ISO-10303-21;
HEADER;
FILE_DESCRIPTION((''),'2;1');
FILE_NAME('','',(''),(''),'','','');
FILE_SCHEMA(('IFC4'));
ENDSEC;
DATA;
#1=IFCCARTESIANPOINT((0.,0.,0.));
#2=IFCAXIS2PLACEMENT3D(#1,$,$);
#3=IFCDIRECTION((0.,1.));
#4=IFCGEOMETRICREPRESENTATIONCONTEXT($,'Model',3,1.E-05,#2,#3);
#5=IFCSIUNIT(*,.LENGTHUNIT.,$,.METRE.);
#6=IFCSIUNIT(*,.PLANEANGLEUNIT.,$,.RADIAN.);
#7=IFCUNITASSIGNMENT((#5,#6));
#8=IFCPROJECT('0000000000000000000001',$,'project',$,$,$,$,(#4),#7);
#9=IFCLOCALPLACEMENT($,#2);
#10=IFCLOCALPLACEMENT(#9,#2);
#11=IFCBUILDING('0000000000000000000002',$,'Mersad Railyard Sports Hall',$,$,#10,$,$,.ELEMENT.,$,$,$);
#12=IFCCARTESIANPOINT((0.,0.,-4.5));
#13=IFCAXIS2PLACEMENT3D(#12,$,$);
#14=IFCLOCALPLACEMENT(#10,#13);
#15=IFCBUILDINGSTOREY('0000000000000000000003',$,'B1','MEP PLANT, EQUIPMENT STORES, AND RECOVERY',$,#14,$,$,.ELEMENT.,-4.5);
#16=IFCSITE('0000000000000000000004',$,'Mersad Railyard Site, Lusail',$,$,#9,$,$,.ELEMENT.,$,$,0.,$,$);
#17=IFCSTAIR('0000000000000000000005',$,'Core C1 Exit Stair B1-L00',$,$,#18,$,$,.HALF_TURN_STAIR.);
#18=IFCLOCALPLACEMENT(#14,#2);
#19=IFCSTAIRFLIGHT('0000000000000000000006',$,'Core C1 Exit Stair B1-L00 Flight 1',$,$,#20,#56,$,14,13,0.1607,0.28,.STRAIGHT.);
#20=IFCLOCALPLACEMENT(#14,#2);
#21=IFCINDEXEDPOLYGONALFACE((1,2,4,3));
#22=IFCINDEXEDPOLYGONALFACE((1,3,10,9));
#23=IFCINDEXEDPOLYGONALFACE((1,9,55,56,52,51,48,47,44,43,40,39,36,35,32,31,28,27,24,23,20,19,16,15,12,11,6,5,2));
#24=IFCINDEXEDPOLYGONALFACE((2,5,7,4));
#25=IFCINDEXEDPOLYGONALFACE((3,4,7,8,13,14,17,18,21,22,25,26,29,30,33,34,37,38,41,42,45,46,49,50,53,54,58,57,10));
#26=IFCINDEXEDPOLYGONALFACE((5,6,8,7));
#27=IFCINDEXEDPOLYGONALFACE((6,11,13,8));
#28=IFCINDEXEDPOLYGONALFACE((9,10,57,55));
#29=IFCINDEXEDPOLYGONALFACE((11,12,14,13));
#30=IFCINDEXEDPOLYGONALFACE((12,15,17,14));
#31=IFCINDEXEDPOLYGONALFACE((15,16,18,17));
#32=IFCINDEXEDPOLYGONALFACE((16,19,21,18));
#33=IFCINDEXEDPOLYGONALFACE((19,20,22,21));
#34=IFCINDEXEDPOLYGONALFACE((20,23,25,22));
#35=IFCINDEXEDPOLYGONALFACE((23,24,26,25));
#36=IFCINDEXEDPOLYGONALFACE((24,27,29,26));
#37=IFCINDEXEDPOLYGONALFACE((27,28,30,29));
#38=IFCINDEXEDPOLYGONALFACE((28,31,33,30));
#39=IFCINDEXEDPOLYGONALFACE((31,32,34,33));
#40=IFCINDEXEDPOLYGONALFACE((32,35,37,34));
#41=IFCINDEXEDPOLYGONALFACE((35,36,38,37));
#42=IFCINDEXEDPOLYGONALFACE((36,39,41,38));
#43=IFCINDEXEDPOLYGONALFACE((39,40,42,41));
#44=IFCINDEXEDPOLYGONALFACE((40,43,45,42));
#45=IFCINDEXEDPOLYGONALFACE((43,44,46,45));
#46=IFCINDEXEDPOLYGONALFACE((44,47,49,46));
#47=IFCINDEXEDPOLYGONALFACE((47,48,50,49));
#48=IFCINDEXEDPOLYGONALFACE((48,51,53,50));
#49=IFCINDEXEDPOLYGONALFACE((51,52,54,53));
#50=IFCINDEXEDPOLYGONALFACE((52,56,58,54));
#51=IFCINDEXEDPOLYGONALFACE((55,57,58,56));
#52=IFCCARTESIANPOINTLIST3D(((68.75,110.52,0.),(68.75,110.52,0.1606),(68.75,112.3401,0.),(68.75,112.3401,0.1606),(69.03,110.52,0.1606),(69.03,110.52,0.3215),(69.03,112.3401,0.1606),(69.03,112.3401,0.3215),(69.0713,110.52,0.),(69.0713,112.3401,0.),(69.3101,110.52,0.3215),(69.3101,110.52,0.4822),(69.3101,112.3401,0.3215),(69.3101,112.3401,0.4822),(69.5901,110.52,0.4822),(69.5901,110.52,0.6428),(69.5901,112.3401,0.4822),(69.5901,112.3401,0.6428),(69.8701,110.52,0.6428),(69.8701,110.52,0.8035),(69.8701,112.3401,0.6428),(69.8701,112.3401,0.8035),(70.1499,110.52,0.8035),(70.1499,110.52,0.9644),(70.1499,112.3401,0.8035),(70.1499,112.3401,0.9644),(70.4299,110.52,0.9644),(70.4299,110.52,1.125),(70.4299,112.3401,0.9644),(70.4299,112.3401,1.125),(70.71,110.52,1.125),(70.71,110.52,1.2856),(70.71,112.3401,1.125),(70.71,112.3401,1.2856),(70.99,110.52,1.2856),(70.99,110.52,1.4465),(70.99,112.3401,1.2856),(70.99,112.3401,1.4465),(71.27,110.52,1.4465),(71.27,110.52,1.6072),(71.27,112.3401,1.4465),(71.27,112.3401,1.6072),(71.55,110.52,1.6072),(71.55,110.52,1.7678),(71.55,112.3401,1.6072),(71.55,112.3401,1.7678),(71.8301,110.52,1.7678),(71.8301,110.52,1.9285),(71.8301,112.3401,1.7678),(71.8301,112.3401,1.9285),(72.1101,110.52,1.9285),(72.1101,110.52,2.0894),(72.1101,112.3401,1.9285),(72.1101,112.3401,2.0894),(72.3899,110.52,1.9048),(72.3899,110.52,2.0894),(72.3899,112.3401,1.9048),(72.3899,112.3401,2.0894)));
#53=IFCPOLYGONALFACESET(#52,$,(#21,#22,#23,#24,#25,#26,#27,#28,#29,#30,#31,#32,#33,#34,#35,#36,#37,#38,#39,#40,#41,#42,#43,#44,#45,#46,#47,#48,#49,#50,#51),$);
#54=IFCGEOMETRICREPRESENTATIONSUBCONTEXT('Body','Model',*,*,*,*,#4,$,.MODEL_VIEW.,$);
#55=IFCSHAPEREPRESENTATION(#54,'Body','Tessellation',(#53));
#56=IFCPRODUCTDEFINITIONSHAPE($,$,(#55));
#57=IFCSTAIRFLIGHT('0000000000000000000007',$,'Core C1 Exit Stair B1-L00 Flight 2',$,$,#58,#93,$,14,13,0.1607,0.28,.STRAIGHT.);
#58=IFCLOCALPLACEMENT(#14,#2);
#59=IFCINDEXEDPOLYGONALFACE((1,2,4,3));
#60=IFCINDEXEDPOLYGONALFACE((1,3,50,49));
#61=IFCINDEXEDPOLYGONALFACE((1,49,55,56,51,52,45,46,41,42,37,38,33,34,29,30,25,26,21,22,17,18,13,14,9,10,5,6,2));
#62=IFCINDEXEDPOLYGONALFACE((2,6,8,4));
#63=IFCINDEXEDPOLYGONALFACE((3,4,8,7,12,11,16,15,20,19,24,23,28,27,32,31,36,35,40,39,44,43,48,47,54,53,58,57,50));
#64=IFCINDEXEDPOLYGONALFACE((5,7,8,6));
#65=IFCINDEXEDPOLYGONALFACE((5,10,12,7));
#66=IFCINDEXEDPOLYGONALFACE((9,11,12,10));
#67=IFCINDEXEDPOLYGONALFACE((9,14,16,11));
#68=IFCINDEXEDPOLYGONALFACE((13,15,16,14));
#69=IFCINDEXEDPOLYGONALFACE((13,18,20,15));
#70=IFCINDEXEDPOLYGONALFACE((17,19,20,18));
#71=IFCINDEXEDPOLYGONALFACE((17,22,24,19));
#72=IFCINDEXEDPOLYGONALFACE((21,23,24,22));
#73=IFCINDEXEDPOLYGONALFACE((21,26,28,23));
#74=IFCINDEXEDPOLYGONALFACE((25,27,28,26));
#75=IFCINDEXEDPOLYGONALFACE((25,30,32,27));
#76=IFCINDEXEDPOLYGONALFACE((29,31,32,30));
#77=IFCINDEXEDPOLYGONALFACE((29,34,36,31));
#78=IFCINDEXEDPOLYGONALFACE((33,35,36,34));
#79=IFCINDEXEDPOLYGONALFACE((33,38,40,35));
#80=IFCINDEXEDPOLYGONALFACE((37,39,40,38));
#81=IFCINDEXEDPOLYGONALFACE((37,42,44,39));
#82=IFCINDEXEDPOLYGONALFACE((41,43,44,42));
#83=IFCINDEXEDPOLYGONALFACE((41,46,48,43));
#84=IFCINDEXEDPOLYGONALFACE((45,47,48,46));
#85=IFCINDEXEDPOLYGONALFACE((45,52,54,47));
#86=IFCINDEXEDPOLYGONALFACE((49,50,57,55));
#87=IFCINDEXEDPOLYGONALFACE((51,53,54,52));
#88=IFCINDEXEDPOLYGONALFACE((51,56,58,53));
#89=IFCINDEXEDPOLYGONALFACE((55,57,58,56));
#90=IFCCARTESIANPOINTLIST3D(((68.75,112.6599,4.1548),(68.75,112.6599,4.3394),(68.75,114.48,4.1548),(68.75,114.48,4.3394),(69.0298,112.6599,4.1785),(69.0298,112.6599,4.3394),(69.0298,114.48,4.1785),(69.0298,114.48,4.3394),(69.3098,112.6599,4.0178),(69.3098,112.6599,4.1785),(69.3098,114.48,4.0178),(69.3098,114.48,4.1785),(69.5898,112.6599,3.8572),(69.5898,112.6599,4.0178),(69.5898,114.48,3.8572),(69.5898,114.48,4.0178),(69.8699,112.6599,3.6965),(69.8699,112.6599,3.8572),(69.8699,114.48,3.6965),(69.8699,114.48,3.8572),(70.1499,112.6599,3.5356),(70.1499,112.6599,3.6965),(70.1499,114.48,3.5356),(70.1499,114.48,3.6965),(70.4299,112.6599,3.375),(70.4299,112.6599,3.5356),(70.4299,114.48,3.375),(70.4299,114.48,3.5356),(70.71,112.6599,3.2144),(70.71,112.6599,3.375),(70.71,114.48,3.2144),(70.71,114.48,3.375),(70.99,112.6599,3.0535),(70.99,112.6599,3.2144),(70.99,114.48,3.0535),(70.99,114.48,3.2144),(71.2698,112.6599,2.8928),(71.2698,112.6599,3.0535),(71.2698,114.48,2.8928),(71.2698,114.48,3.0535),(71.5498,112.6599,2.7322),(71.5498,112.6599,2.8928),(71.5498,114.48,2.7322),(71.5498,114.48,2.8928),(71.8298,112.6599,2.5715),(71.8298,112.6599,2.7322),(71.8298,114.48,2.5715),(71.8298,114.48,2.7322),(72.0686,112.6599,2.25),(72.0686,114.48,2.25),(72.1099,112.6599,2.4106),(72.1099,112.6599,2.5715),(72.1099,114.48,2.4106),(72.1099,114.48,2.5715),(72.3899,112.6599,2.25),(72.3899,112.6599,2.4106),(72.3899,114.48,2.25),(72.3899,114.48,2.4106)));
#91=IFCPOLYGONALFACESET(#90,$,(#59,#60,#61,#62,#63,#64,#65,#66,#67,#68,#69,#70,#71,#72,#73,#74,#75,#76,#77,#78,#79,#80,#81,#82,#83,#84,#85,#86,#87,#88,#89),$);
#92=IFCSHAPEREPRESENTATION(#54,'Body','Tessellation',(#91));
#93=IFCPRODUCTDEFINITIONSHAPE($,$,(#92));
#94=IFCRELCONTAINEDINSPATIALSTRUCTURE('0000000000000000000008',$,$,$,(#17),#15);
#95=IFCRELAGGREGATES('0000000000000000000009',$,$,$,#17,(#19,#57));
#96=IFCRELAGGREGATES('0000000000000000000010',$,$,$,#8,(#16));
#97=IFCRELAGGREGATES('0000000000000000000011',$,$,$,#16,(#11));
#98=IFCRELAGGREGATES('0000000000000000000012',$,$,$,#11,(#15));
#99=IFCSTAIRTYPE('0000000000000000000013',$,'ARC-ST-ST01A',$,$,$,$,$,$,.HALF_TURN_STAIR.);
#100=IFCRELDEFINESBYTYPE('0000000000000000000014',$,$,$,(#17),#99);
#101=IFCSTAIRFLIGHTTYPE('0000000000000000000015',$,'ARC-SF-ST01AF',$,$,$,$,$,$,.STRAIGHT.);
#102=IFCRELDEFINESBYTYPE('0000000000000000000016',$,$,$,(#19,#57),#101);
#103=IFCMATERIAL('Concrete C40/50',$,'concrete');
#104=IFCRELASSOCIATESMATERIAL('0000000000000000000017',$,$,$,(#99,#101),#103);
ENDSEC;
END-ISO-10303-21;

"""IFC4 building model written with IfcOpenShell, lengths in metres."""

from ifc_helpers import new_model, si_unit, direction, frame, origin, place, context, subcontext, project, spatial, polyline, outline, extrude, material, type_object, element, aggregate, save


model = new_model("IFC4")

# Units and contexts
model_context = context("Model", 3, precision=1e-05, world=origin(), true_north=direction((0.0, 1.0)))
body_context = subcontext(model_context, "Body", "Model", "MODEL_VIEW")
ifc_project = project(units=[si_unit("LENGTHUNIT", "METRE"), si_unit("PLANEANGLEUNIT", "RADIAN")], contexts=[model_context])

# Site, building, storey
site_placement = place(None, origin())
site = spatial("IfcSite", under=ifc_project, at=site_placement, Name="Mersad Railyard Site, Lusail", CompositionType="ELEMENT", RefElevation=0.0)
building_placement = place(site_placement, origin())
building = spatial("IfcBuilding", under=site, at=building_placement, Name="Mersad Railyard Sports Hall", CompositionType="ELEMENT")
storey_placement = place(building_placement, frame((0.0, 0.0, -4.5)))
storey = spatial("IfcBuildingStorey", under=building, at=storey_placement, Name="B1", Description="MEP PLANT, EQUIPMENT STORES, AND RECOVERY", CompositionType="ELEMENT", Elevation=-4.5)

# Shared definitions
ifc_material_1 = material(Name="Concrete C40/50", Category="concrete")

# Stair, stair flights
stair_type = type_object("IfcStairType", Name="ARC-ST-ST01A", PredefinedType="HALF_TURN_STAIR", material=ifc_material_1)
stair_placement = place(storey_placement, origin())
stair = element("IfcStair", 1, at=stair_placement, inside=storey, type_object=stair_type, Name="Core C1 Exit Stair B1-L00", PredefinedType="HALF_TURN_STAIR")
stair_flight_type = type_object("IfcStairFlightType", Name="ARC-SF-ST01AF", PredefinedType="STRAIGHT", material=ifc_material_1)
stair_flight_1_placement = place(storey_placement, frame((68.75, 111.4299, 0.0), z_axis=(0.0, 0.0, 1.0), x_axis=(1.0, 0.0, 0.0)))
stair_flight_1 = element("IfcStairFlight", 2, at=stair_flight_1_placement, type_object=stair_flight_type, Name="Core C1 Exit Stair B1-L00 Flight 1", NumberOfRisers=14, NumberOfTreads=13, PredefinedType="STRAIGHT", RiserHeight=0.1607, TreadLength=0.28, context=body_context, shape_type="SweptSolid", body=[
    extrude(outline(polyline([(0.0, 0.0), (0.0, 0.1606), (0.28, 0.1606), (0.28, 0.3215), (0.5601, 0.3215), (0.5601, 0.4822), (0.8401, 0.4822), (0.8401, 0.6428), (1.1201, 0.6428), (1.1201, 0.8035), (1.3999, 0.8035), (1.3999, 0.9644), (1.6799, 0.9644), (1.6799, 1.125), (1.96, 1.125), (1.96, 1.2856), (2.24, 1.2856), (2.24, 1.4465), (2.52, 1.4465), (2.52, 1.6072), (2.8, 1.6072), (2.8, 1.7678), (3.0801, 1.7678), (3.0801, 1.9285), (3.3601, 1.9285), (3.3601, 2.0894), (3.6399, 2.0894), (3.6399, 2.25), (3.6399, 1.9048), (0.3213, 0.0), (0.0, 0.0)])), frame((0.0, 0.9102, 0.0), z_axis=(0.0, -1.0, 0.0), x_axis=(1.0, 0.0, 0.0)), (0.0, 0.0, 1.0), 1.8201),
])
stair_flight_2_placement = place(storey_placement, frame((72.3899, 113.5701, 2.25), z_axis=(0.0, 0.0, 1.0), x_axis=(-1.0, 0.0, 0.0)))
stair_flight_2 = element("IfcStairFlight", 3, at=stair_flight_2_placement, type_object=stair_flight_type, Name="Core C1 Exit Stair B1-L00 Flight 2", NumberOfRisers=14, NumberOfTreads=13, PredefinedType="STRAIGHT", RiserHeight=0.1607, TreadLength=0.28, context=body_context, shape_type="SweptSolid", body=[
    extrude(outline(polyline([(0.0, 0.0), (0.0, 0.1606), (0.28, 0.1606), (0.28, 0.3215), (0.5601, 0.3215), (0.5601, 0.4822), (0.8401, 0.4822), (0.8401, 0.6428), (1.1201, 0.6428), (1.1201, 0.8035), (1.3999, 0.8035), (1.3999, 0.9644), (1.6799, 0.9644), (1.6799, 1.125), (1.96, 1.125), (1.96, 1.2856), (2.24, 1.2856), (2.24, 1.4465), (2.52, 1.4465), (2.52, 1.6072), (2.8, 1.6072), (2.8, 1.7678), (3.0801, 1.7678), (3.0801, 1.9285), (3.3601, 1.9285), (3.3601, 2.0894), (3.6399, 2.0894), (3.6399, 2.25), (3.6399, 1.9048), (0.3213, 0.0), (0.0, 0.0)])), frame((0.0, 0.9102, 0.0), z_axis=(0.0, -1.0, 0.0), x_axis=(1.0, 0.0, 0.0)), (0.0, 0.0, 1.0), 1.8201),
])
aggregate(stair, [stair_flight_1, stair_flight_2])

save(model, "model.ifc")
